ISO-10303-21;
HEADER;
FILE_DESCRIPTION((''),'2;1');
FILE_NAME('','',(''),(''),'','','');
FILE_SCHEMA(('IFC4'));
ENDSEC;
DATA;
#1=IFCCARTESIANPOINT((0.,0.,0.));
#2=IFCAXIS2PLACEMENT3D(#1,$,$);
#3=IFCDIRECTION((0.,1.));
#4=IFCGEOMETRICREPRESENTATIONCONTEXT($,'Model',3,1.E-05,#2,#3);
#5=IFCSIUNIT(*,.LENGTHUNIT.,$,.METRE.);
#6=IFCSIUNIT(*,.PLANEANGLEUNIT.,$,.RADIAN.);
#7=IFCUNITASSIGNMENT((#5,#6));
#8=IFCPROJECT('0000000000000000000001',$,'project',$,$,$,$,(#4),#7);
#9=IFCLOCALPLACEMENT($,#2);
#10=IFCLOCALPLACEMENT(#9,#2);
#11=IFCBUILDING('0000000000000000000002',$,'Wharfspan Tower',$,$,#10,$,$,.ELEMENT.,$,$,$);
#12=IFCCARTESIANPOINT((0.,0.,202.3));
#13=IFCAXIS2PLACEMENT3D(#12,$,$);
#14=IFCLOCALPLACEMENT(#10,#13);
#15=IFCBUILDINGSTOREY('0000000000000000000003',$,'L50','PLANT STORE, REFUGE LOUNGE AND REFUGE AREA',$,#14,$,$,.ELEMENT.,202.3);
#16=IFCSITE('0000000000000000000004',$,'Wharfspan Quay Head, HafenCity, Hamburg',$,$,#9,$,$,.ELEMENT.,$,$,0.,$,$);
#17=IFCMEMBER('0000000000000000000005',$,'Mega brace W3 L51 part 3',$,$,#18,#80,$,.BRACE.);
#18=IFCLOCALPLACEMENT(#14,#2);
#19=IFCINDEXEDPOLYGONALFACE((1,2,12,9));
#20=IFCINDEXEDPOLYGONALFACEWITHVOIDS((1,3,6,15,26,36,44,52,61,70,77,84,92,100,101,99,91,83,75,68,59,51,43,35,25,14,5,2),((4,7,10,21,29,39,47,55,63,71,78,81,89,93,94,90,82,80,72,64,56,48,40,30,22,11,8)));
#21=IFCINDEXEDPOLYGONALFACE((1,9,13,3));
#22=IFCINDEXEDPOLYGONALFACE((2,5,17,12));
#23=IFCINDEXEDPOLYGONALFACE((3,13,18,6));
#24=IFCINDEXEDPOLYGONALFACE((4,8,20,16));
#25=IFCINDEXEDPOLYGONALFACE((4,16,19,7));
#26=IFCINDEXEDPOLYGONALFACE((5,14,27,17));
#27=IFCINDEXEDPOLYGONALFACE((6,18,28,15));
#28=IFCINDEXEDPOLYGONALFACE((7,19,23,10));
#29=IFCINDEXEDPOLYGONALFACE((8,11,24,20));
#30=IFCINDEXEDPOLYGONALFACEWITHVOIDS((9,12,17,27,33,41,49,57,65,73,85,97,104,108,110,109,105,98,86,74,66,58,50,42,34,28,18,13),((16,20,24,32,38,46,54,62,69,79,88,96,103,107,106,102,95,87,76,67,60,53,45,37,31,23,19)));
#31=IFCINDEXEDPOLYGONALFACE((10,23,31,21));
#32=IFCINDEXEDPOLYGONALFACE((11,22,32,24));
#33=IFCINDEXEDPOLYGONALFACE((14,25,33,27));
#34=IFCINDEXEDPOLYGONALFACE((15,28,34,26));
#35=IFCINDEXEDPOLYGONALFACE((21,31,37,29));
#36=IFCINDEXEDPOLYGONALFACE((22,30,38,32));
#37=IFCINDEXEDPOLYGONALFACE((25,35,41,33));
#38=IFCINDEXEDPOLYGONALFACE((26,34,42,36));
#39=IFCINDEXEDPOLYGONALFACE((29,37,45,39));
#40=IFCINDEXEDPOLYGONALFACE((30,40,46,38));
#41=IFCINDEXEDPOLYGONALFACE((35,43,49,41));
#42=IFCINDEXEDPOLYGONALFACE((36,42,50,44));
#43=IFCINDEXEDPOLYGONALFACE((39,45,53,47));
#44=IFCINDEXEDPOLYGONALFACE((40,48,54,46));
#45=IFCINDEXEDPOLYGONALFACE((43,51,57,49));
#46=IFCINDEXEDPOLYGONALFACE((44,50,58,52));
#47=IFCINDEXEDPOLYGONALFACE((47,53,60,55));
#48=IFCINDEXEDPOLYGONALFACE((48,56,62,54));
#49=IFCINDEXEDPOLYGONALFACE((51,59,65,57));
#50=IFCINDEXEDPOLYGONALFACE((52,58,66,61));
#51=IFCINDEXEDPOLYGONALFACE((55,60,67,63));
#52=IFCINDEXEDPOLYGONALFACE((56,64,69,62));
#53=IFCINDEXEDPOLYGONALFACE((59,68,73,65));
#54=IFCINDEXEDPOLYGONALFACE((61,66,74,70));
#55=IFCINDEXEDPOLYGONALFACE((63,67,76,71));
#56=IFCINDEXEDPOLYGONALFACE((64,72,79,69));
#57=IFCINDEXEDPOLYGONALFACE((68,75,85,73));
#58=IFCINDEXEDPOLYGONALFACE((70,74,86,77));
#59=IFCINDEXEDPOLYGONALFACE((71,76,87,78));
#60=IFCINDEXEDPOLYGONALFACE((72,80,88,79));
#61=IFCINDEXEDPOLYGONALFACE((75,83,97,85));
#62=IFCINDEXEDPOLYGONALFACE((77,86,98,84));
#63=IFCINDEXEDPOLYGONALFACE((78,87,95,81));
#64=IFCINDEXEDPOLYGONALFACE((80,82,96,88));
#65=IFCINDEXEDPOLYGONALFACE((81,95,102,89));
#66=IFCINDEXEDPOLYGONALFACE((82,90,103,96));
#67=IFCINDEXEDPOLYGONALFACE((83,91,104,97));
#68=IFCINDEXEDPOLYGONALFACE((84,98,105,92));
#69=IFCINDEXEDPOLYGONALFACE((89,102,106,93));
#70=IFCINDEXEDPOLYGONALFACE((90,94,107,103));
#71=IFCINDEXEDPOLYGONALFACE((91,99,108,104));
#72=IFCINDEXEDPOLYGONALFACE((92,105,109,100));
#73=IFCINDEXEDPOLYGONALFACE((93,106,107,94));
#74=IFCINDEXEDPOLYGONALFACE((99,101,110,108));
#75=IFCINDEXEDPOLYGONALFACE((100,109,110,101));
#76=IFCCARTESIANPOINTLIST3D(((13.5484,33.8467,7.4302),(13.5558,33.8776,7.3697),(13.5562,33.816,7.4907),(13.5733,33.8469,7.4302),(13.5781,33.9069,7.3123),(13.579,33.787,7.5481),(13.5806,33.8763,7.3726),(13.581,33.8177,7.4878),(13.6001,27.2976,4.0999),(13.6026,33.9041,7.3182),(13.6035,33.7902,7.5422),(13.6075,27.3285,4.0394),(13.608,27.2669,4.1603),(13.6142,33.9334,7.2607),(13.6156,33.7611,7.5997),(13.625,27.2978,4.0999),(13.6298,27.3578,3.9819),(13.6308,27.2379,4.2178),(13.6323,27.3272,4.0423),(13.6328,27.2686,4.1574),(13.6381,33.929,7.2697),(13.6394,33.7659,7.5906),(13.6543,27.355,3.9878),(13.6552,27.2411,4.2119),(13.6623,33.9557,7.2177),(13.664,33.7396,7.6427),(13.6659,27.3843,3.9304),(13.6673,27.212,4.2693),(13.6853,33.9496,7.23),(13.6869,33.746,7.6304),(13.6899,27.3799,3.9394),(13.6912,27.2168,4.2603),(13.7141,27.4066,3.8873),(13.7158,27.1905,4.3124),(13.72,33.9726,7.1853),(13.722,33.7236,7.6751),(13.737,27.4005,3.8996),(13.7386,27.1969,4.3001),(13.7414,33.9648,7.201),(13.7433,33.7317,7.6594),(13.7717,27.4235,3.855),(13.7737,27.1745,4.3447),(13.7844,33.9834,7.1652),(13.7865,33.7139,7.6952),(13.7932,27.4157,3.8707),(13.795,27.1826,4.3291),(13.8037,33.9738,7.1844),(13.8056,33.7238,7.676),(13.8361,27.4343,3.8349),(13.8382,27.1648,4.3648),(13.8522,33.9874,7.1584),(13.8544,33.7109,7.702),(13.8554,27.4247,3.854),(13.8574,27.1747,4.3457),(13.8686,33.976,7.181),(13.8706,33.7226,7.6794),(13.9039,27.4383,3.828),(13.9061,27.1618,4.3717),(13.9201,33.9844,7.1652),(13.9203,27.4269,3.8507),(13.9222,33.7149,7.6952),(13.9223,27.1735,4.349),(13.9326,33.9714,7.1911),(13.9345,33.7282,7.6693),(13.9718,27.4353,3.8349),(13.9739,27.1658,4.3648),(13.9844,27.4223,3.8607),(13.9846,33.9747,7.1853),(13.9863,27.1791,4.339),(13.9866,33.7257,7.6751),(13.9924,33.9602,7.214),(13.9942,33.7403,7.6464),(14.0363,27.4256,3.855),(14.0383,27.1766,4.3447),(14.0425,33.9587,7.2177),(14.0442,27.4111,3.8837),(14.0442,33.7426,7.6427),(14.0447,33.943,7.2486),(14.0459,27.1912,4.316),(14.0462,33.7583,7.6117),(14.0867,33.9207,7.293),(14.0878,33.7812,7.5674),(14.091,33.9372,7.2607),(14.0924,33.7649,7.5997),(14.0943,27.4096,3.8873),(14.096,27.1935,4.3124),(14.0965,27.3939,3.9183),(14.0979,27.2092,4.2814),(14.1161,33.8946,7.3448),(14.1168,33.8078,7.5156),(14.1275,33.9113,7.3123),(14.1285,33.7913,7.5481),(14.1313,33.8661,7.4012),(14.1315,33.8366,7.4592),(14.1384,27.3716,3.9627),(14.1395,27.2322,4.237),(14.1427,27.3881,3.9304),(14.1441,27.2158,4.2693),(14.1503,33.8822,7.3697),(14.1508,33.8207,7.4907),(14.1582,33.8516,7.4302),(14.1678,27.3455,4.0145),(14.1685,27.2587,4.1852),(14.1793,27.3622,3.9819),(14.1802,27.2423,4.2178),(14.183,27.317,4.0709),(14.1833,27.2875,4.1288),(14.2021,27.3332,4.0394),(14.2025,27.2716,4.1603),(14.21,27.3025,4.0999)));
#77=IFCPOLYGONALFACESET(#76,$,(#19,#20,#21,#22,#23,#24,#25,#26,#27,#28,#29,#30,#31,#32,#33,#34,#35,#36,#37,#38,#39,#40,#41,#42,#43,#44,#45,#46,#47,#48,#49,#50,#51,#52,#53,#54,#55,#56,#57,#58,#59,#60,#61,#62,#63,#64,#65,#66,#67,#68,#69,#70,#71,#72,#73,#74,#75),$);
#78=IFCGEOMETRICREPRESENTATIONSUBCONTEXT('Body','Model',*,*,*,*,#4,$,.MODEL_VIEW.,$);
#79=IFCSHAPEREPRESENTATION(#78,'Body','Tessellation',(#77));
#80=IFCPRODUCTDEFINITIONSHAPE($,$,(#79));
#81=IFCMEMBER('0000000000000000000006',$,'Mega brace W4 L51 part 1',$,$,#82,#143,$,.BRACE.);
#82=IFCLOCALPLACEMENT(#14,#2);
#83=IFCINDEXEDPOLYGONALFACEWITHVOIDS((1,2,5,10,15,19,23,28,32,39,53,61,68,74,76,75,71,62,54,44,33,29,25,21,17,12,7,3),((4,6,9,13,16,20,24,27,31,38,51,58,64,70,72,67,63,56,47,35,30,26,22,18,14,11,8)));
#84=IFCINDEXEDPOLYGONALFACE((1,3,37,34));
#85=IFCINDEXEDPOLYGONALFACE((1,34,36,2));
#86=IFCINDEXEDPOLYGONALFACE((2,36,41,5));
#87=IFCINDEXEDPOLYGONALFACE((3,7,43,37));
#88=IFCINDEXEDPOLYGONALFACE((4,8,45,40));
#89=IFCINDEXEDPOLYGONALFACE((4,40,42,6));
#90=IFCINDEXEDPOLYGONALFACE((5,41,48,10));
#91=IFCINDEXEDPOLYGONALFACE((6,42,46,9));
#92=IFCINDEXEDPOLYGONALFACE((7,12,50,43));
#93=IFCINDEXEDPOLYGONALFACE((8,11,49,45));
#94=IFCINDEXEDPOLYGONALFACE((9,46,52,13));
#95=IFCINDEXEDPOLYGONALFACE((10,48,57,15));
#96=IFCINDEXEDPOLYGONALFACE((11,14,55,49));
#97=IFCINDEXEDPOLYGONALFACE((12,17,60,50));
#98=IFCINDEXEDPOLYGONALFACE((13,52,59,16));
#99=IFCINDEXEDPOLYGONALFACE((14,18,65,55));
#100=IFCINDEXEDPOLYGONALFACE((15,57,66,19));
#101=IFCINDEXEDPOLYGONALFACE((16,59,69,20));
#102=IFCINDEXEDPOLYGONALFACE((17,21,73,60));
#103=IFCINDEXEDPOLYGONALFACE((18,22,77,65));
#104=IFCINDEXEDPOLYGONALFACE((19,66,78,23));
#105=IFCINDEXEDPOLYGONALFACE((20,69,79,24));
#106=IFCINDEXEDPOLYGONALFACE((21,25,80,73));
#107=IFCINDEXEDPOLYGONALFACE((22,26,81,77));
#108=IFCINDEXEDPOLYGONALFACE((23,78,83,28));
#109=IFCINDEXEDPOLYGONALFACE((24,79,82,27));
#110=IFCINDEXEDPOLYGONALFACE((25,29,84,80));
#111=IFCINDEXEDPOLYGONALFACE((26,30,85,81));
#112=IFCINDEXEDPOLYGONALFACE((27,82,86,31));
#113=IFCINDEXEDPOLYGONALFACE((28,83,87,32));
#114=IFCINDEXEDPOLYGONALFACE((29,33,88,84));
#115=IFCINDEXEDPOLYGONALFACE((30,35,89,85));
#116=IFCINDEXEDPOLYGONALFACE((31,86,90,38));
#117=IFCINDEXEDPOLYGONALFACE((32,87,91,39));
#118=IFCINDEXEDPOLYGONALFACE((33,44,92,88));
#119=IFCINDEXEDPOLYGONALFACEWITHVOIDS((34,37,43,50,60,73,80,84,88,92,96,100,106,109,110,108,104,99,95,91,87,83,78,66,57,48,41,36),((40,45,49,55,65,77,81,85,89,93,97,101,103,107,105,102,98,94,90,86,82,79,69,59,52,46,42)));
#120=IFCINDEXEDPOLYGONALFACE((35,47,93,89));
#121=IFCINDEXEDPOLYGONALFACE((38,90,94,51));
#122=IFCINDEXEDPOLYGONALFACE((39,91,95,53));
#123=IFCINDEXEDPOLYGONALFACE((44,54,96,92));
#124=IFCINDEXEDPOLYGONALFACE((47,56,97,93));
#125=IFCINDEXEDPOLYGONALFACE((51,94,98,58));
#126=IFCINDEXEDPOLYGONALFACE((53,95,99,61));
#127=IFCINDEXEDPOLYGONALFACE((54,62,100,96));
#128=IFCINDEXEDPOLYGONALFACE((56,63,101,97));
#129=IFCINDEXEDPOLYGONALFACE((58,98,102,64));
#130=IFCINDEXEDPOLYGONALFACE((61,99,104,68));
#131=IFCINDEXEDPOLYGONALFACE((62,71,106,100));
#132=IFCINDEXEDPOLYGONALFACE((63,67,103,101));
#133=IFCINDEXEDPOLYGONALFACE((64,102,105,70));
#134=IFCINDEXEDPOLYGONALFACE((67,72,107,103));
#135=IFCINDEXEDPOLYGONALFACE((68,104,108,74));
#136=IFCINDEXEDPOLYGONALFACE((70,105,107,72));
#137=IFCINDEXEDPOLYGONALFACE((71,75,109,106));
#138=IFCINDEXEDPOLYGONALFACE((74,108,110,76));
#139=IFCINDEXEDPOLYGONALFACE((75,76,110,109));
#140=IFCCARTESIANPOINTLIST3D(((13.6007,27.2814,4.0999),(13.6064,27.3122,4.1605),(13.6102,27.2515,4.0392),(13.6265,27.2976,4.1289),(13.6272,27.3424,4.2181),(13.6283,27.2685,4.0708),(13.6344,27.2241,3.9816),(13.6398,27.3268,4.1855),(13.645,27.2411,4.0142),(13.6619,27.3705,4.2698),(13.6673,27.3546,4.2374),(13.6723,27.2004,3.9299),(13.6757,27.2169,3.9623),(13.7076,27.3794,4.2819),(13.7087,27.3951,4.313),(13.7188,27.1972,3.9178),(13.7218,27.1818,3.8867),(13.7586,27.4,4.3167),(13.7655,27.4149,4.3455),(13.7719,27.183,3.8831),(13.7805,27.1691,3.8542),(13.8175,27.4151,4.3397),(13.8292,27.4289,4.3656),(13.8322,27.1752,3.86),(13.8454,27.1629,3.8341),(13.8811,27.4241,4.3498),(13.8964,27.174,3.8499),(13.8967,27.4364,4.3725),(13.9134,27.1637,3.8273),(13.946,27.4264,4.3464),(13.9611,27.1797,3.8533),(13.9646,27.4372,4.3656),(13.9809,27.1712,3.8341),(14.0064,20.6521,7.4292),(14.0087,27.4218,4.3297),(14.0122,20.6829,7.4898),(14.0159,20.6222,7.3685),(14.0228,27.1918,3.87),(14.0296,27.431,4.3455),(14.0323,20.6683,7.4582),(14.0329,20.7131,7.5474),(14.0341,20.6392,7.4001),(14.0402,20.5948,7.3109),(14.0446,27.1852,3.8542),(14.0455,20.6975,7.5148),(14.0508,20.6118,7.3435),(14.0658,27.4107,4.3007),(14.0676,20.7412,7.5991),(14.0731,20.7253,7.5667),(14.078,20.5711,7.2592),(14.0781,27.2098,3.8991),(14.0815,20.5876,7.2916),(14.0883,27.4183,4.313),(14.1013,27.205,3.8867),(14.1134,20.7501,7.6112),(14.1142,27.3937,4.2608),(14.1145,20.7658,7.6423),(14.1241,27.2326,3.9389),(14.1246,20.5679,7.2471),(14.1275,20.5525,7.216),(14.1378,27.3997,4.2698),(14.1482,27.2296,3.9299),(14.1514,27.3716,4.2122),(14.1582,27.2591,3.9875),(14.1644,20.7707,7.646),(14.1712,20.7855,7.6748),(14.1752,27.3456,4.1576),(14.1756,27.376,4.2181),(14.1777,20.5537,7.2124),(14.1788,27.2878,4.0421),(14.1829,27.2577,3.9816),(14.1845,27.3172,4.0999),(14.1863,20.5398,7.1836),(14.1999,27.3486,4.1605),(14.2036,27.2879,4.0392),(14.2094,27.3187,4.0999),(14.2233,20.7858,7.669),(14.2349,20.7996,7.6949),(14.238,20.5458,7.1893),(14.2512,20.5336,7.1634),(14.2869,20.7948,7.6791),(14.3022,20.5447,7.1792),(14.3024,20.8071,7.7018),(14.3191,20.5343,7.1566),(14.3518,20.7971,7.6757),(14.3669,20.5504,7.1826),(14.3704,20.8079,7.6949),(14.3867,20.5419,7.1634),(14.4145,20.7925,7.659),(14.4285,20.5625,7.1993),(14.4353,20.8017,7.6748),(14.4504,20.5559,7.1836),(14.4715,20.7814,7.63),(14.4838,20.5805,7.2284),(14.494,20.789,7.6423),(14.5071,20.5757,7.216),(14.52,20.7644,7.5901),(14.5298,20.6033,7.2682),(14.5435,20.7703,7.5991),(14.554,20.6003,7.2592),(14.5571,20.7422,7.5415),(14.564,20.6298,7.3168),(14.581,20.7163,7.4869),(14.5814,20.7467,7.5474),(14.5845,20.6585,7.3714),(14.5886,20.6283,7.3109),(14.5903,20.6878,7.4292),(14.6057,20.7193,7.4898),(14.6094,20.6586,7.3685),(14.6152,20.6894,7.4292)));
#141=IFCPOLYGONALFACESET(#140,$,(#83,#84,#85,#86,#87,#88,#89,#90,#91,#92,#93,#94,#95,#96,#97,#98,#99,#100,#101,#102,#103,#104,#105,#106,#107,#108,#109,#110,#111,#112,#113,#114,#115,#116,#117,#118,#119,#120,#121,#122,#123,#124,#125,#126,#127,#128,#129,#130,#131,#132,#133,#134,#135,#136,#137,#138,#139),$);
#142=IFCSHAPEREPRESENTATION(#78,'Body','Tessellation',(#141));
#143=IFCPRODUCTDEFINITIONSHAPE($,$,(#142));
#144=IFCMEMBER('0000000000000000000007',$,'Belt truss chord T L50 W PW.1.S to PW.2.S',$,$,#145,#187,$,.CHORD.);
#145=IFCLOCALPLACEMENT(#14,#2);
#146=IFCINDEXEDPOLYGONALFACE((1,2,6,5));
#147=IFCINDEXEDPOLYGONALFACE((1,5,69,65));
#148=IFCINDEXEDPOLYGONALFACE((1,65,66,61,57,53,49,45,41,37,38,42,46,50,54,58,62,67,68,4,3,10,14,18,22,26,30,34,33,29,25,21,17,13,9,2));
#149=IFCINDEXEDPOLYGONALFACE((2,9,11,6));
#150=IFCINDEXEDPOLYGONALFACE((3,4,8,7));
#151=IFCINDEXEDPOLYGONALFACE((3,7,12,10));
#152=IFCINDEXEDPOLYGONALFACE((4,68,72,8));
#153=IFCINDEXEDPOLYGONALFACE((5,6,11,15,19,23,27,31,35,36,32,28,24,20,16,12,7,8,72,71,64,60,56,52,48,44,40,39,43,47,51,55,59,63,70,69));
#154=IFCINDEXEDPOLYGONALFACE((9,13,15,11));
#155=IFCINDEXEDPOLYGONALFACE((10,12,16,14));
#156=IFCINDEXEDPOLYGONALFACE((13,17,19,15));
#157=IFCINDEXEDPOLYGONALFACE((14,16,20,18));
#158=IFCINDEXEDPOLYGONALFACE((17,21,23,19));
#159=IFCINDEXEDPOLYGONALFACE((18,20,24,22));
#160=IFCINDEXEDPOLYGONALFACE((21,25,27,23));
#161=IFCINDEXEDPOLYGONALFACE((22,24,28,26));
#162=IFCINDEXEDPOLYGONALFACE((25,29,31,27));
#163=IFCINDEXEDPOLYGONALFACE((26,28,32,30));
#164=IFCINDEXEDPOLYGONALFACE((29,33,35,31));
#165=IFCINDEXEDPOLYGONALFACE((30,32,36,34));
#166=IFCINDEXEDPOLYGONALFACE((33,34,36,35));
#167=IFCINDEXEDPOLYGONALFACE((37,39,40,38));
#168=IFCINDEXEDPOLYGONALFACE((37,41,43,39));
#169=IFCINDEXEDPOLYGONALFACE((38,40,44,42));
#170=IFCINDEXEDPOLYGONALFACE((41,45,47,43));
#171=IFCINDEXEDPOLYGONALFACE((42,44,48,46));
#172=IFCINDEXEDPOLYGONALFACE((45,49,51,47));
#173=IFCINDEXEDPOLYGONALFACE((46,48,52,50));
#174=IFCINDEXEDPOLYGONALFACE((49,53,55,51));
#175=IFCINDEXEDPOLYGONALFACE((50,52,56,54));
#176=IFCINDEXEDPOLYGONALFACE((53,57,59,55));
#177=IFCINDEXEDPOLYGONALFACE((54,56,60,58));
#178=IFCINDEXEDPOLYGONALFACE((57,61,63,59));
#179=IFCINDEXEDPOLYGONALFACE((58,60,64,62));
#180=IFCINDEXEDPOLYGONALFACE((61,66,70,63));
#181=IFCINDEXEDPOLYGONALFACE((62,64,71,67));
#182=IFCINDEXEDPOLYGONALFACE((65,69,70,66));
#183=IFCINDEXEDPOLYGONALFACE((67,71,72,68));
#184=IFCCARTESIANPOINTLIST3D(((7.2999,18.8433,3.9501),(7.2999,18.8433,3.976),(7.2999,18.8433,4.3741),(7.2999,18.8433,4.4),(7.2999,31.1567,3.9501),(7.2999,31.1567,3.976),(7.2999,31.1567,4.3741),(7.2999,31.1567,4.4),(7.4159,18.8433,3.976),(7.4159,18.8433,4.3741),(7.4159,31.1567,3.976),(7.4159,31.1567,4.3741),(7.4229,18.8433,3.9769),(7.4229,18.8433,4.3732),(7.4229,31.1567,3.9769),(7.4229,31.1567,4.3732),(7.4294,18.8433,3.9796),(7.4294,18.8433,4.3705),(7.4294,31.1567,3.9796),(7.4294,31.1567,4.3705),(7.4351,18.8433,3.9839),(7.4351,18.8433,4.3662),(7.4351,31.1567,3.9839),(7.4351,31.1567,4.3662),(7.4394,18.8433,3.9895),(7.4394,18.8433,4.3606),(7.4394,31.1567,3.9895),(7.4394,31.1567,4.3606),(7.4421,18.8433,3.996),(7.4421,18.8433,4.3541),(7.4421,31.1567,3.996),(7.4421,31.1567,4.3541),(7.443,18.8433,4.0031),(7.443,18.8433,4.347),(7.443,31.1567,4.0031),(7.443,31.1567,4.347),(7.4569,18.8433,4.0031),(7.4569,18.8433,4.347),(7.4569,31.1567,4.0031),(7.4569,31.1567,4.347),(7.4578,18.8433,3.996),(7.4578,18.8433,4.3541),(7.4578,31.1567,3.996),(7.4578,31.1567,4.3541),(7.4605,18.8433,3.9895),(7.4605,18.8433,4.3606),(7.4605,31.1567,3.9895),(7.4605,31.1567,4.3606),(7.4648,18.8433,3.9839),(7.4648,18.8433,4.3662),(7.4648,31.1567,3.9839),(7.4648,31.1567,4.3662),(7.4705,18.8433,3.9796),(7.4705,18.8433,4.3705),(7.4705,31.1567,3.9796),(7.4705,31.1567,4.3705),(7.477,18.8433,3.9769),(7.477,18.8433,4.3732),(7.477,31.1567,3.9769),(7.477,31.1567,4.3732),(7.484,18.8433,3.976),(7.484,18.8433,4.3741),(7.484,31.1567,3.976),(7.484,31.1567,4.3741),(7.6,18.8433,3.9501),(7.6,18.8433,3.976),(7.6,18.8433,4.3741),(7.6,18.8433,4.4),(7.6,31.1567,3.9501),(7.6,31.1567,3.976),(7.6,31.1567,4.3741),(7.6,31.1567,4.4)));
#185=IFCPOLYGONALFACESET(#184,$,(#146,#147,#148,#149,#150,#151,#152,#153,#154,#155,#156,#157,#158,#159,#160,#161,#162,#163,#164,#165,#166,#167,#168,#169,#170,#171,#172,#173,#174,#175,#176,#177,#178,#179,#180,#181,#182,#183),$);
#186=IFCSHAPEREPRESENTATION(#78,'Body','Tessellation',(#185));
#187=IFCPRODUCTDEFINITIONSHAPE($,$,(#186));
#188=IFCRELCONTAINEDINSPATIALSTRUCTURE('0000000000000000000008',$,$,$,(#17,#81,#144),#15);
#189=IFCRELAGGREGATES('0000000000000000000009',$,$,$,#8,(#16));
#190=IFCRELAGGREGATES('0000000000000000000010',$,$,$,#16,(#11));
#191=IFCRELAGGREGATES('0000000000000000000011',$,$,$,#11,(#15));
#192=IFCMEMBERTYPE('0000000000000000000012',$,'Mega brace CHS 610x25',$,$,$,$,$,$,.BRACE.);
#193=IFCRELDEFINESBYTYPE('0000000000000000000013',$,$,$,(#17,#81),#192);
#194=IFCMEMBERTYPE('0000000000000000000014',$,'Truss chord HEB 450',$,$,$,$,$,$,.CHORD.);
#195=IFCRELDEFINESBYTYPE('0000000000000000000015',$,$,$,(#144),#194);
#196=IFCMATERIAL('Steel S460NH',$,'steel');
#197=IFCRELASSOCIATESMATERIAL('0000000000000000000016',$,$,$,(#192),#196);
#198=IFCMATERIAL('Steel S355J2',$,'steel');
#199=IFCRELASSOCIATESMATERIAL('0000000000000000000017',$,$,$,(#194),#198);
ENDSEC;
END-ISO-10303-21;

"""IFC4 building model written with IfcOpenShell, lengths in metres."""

from ifc_helpers import new_model, si_unit, direction, frame, origin, origin_2d, place, context, subcontext, project, spatial, hollow_circle, i_section, extrude, material, material_profile, profile_set, type_object, element, save


model = new_model("IFC4")

# Units and contexts
model_context = context("Model", 3, precision=1e-05, world=origin(), true_north=direction((0.0, 1.0)))
body_context = subcontext(model_context, "Body", "Model", "MODEL_VIEW")
ifc_project = project(units=[si_unit("LENGTHUNIT", "METRE"), si_unit("PLANEANGLEUNIT", "RADIAN")], contexts=[model_context])

# Site, building, storey
site_placement = place(None, origin())
site = spatial("IfcSite", under=ifc_project, at=site_placement, Name="Wharfspan Quay Head, HafenCity, Hamburg", CompositionType="ELEMENT", RefElevation=0.0)
building_placement = place(site_placement, origin())
building = spatial("IfcBuilding", under=site, at=building_placement, Name="Wharfspan Tower", CompositionType="ELEMENT")
storey_placement = place(building_placement, frame((0.0, 0.0, 202.3)))
storey = spatial("IfcBuildingStorey", under=building, at=storey_placement, Name="L50", Description="PLANT STORE, REFUGE LOUNGE AND REFUGE AREA", CompositionType="ELEMENT", Elevation=202.3)

# Shared definitions
ifc_material_1 = material(Name="Steel S355J2", Category="steel")

# Members
ifc_material_2 = material(Name="Steel S460NH", Category="steel")
ifc_material_profile_1 = material_profile(ifc_material_2, hollow_circle(Radius=0.3049, WallThickness=0.0249, at=origin_2d()))
ifc_profile_set_1 = profile_set([ifc_material_profile_1], Name="Steel S460NH")
member_type_1 = type_object("IfcMemberType", Name="Mega brace CHS 610x25", PredefinedType="BRACE", material=ifc_profile_set_1)
member_1_placement = place(storey_placement, frame((13.905, 27.3, 4.0999), z_axis=(-0.007044, 0.891347, 0.453266), x_axis=(-0.999973, -0.007904, 0.000003)))
element("IfcMember", 1, at=member_1_placement, inside=storey, type_object=member_type_1, Name="Mega brace W3 L51 part 3", PredefinedType="BRACE", context=body_context, shape_type="SweptSolid", body=[
    extrude(hollow_circle(Radius=0.3049, WallThickness=0.0249, at=origin_2d()), origin(), (0.0, 0.0, 1.0), 7.3474),
])
member_2_placement = place(storey_placement, frame((13.905, 27.3, 4.0999), z_axis=(0.054615, -0.892302, 0.448123), x_axis=(0.998132, 0.061091, -0.000003)))
element("IfcMember", 2, at=member_2_placement, inside=storey, type_object=member_type_1, Name="Mega brace W4 L51 part 1", PredefinedType="BRACE", context=body_context, shape_type="SweptSolid", body=[
    extrude(hollow_circle(Radius=0.3049, WallThickness=0.0249, at=origin_2d()), origin(), (0.0, 0.0, 1.0), 7.4294),
])
ifc_material_profile_2 = material_profile(ifc_material_1, i_section(OverallWidth=0.3, OverallDepth=0.45, WebThickness=0.0139, FlangeThickness=0.0259, FilletRadius=0.0271, at=origin_2d()))
ifc_profile_set_2 = profile_set([ifc_material_profile_2], Name="Steel S355J2")
member_type_2 = type_object("IfcMemberType", Name="Truss chord HEB 450", PredefinedType="CHORD", material=ifc_profile_set_2)
for number, where, z_axis, x_axis, name in (
    (3, (7.45, 31.1567, 4.175), (0.0, -1.0, 0.0), (1.0, 0.0, 0.0), "Belt truss chord T L50 W PW.1.S to PW.2.S"),
):
    element("IfcMember", number, at=place(storey_placement, frame(where, z_axis=z_axis, x_axis=x_axis)), inside=storey, type_object=member_type_2, Name=name, PredefinedType="CHORD", context=body_context, shape_type="SweptSolid", body=[
        extrude(i_section(OverallWidth=0.3, OverallDepth=0.45, WebThickness=0.0139, FlangeThickness=0.0259, FilletRadius=0.0271, at=origin_2d()), origin(), (0.0, 0.0, 1.0), 12.3135),
    ])

save(model, "model.ifc")
